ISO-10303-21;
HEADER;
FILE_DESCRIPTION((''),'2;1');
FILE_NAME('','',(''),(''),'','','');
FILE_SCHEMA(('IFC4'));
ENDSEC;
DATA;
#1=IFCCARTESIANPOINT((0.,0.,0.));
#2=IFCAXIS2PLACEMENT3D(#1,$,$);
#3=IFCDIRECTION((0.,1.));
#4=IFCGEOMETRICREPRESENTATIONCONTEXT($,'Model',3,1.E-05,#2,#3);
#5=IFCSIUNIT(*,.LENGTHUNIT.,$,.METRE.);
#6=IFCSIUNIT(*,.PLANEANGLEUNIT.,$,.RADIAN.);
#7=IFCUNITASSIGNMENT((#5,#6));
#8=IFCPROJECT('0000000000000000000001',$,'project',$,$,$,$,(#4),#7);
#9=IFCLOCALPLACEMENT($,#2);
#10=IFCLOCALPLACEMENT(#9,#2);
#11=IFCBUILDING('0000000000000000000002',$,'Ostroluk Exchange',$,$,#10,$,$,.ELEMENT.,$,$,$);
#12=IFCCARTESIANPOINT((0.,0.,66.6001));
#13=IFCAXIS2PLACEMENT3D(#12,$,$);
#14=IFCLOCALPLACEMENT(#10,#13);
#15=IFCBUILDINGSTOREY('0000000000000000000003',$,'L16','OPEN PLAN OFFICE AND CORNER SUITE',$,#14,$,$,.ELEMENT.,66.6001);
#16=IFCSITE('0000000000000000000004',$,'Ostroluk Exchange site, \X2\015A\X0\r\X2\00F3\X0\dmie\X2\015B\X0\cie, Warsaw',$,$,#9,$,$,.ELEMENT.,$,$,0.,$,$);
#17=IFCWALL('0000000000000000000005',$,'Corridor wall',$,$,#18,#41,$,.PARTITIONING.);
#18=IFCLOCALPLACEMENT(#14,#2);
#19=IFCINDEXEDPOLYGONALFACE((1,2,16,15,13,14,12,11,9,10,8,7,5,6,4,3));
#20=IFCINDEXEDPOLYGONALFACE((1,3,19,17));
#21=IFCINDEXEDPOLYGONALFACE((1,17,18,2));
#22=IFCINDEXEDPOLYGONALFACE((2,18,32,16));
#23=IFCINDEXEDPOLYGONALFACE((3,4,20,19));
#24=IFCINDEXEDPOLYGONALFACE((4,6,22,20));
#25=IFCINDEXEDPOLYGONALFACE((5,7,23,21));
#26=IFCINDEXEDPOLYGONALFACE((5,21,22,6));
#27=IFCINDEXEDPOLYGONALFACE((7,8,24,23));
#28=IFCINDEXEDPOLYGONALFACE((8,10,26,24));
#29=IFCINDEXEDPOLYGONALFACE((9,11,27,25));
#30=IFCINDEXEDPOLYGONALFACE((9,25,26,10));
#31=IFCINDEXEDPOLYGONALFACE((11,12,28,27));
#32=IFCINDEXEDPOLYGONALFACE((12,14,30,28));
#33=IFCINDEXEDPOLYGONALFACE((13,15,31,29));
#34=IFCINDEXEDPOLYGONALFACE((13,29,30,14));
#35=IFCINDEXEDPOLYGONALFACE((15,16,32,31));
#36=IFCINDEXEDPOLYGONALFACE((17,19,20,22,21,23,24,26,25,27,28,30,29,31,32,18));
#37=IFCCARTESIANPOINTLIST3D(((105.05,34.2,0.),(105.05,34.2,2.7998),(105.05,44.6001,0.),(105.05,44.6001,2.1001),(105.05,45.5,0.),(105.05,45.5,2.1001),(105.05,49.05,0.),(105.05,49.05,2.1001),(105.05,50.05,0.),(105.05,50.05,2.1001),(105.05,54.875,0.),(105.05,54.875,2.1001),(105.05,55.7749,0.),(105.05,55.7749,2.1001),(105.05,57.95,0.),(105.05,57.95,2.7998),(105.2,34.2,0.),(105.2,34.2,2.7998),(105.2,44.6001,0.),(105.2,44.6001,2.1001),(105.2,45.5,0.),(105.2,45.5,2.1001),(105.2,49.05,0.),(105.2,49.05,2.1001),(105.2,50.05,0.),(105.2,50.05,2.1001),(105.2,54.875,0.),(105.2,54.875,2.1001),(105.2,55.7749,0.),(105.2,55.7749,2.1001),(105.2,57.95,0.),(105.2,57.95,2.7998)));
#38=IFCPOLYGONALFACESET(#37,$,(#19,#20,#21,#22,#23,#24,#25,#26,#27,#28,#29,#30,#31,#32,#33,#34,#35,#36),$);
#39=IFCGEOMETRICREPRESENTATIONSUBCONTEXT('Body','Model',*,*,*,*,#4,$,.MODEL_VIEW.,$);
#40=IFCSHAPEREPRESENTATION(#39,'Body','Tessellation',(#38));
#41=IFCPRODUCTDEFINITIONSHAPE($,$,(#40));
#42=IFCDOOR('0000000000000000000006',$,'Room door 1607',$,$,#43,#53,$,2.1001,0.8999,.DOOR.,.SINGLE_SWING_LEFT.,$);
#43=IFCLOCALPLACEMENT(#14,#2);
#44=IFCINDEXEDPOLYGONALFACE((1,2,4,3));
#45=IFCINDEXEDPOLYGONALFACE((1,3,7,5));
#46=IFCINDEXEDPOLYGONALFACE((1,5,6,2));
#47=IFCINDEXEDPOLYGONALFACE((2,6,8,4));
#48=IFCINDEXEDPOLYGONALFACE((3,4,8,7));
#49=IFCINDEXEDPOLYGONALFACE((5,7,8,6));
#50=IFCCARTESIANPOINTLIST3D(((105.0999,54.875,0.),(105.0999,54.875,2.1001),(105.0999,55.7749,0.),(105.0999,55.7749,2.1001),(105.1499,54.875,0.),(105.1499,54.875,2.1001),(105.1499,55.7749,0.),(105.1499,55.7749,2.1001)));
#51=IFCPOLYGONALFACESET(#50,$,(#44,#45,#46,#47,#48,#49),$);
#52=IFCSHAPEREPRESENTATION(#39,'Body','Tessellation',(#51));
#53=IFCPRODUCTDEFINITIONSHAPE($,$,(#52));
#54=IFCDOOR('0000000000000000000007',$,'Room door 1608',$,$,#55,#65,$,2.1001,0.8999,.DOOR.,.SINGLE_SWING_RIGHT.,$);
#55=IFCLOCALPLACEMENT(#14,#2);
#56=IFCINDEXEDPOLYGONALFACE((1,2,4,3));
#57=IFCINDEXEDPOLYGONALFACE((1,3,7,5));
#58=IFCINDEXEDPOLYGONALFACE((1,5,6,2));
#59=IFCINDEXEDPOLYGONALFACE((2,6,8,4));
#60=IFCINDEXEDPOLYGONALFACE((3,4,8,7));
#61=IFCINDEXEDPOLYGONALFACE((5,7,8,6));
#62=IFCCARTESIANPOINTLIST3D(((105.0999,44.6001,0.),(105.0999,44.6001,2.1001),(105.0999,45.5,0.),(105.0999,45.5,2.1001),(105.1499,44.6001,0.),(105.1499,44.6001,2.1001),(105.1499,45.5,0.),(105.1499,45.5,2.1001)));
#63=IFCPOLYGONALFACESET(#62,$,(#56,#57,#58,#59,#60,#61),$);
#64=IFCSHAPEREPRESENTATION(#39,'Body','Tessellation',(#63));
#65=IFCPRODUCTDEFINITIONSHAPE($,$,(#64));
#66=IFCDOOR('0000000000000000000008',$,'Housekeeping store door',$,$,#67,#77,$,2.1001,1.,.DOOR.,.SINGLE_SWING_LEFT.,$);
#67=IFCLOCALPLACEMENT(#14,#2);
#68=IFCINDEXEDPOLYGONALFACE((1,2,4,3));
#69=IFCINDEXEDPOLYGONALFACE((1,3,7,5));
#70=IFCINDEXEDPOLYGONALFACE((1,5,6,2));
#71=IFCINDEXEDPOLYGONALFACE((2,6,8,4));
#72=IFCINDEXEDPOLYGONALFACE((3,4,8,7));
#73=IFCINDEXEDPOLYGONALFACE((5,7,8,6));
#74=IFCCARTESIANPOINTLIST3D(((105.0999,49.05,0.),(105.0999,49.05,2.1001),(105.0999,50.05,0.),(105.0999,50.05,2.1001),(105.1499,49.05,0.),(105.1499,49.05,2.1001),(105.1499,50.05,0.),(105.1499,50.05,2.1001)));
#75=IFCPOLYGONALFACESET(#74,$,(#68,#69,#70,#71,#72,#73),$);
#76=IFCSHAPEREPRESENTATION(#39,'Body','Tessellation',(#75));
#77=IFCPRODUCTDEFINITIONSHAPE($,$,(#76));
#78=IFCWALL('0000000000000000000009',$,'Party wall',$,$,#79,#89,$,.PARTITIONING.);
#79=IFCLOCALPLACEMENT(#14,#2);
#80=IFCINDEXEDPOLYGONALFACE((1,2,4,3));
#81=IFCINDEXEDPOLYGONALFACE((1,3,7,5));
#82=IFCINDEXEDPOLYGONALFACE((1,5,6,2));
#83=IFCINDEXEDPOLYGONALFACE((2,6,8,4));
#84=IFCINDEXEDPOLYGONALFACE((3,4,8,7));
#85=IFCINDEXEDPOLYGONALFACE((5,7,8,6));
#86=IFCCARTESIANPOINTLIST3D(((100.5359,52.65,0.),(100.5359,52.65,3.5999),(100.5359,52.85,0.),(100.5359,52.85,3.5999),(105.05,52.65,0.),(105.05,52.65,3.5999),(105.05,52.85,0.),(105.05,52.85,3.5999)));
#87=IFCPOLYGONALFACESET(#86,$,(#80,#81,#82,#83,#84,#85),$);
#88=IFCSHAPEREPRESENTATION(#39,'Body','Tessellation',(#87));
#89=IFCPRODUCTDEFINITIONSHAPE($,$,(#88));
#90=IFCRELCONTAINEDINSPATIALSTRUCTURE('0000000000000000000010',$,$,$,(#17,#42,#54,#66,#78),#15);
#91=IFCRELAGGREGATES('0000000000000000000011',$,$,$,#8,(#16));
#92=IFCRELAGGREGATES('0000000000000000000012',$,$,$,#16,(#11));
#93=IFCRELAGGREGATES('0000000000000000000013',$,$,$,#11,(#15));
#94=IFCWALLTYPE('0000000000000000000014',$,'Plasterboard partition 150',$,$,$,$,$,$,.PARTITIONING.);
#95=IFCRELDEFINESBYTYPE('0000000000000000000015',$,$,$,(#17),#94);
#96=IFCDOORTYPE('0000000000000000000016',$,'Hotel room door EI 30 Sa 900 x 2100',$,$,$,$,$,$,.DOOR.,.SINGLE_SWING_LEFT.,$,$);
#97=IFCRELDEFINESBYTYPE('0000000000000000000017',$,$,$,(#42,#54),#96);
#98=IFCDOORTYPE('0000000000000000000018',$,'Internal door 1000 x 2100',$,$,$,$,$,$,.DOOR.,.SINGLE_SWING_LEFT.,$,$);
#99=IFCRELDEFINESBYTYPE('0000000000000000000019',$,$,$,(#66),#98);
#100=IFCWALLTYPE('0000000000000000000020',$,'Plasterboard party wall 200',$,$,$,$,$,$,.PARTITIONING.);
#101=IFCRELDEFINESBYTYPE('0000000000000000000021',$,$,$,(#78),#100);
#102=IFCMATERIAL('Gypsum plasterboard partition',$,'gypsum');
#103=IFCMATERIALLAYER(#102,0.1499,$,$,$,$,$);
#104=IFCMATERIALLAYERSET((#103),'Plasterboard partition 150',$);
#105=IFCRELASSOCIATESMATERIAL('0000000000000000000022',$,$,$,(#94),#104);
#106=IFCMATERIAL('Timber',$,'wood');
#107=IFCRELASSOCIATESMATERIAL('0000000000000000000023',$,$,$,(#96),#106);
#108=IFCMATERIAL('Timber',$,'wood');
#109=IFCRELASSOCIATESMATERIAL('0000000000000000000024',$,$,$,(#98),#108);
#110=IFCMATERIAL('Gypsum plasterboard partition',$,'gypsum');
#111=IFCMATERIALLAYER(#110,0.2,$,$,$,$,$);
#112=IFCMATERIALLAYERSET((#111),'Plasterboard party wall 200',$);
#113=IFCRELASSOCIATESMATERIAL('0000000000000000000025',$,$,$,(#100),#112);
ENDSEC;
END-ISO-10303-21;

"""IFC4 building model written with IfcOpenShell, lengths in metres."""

from ifc_helpers import new_model, si_unit, direction, frame, frame_2d, origin, place, context, subcontext, project, spatial, rectangle, extrude, material, layer, layer_set, type_object, element, fill, save


model = new_model("IFC4")

# Units and contexts
model_context = context("Model", 3, precision=1e-05, world=origin(), true_north=direction((0.0, 1.0)))
body_context = subcontext(model_context, "Body", "Model", "MODEL_VIEW")
ifc_project = project(units=[si_unit("LENGTHUNIT", "METRE"), si_unit("PLANEANGLEUNIT", "RADIAN")], contexts=[model_context])

# Site, building, storey
site_placement = place(None, origin())
site = spatial("IfcSite", under=ifc_project, at=site_placement, Name="Ostroluk Exchange site, Śródmieście, Warsaw", CompositionType="ELEMENT", RefElevation=0.0)
building_placement = place(site_placement, origin())
building = spatial("IfcBuilding", under=site, at=building_placement, Name="Ostroluk Exchange", CompositionType="ELEMENT")
storey_placement = place(building_placement, frame((0.0, 0.0, 66.6001)))
storey = spatial("IfcBuildingStorey", under=building, at=storey_placement, Name="L16", Description="OPEN PLAN OFFICE AND CORNER SUITE", CompositionType="ELEMENT", Elevation=66.6001)

# Wall, openings, doors
ifc_material_1 = material(Name="Gypsum plasterboard partition", Category="gypsum")
ifc_layer_1 = layer(ifc_material_1, 0.1499)
ifc_layer_set_1 = layer_set([ifc_layer_1], Name="Plasterboard partition 150")
wall_type_1 = type_object("IfcWallType", Name="Plasterboard partition 150", PredefinedType="PARTITIONING", material=ifc_layer_set_1)
wall_1_placement = place(storey_placement, frame((105.125, 57.95, 0.0), z_axis=(0.0, 0.0, 1.0), x_axis=(0.0, -1.0, 0.0)))
wall_1 = element("IfcWall", 1, at=wall_1_placement, inside=storey, type_object=wall_type_1, Name="Corridor wall", PredefinedType="PARTITIONING", context=body_context, shape_type="SweptSolid", body=[
    extrude(rectangle(XDim=23.75, YDim=0.1499, at=frame_2d((11.875, 0.0))), origin(), (0.0, 0.0, 1.0), 2.7998),
])
opening_1_placement = place(wall_1_placement, frame((2.175, 0.0, 0.0)))
opening_1 = element("IfcOpeningElement", 2, at=opening_1_placement, cuts=wall_1, PredefinedType="OPENING", context=body_context, shape_type="SweptSolid", body=[
    extrude(rectangle(XDim=0.8999, YDim=2.1001, at=frame_2d((0.45, 1.05))), frame((0.0, 0.085, 0.0), z_axis=(0.0, -1.0, 0.0), x_axis=(1.0, 0.0, 0.0)), (0.0, 0.0, 1.0), 0.1699),
])
opening_2_placement = place(wall_1_placement, frame((7.8999, 0.0, 0.0)))
opening_2 = element("IfcOpeningElement", 3, at=opening_2_placement, cuts=wall_1, PredefinedType="OPENING", context=body_context, shape_type="SweptSolid", body=[
    extrude(rectangle(XDim=1.0, YDim=2.1001, at=frame_2d((0.5, 1.05))), frame((0.0, 0.085, 0.0), z_axis=(0.0, -1.0, 0.0), x_axis=(1.0, 0.0, 0.0)), (0.0, 0.0, 1.0), 0.1699),
])
opening_3_placement = place(wall_1_placement, frame((12.45, 0.0, 0.0)))
opening_3 = element("IfcOpeningElement", 4, at=opening_3_placement, cuts=wall_1, PredefinedType="OPENING", context=body_context, shape_type="SweptSolid", body=[
    extrude(rectangle(XDim=0.8999, YDim=2.1001, at=frame_2d((0.45, 1.05))), frame((0.0, 0.085, 0.0), z_axis=(0.0, -1.0, 0.0), x_axis=(1.0, 0.0, 0.0)), (0.0, 0.0, 1.0), 0.1699),
])
ifc_material_2 = material(Name="Timber", Category="wood")
door_type_1 = type_object("IfcDoorType", Name="Hotel room door EI 30 Sa 900 x 2100", OperationType="SINGLE_SWING_LEFT", PredefinedType="DOOR", material=ifc_material_2)
door_1_placement = place(opening_1_placement, origin())
door_1 = element("IfcDoor", 5, at=door_1_placement, inside=storey, type_object=door_type_1, Name="Room door 1607", OperationType="SINGLE_SWING_LEFT", OverallHeight=2.1001, OverallWidth=0.8999, PredefinedType="DOOR", context=body_context, shape_type="SweptSolid", body=[
    extrude(rectangle(XDim=0.8999, YDim=2.1001, at=frame_2d((0.45, 1.05))), frame((0.0, 0.0249, 0.0), z_axis=(0.0, -1.0, 0.0), x_axis=(1.0, 0.0, 0.0)), (0.0, 0.0, 1.0), 0.05),
])
fill(opening_1, door_1)
door_2_placement = place(opening_3_placement, origin())
door_2 = element("IfcDoor", 6, at=door_2_placement, inside=storey, type_object=door_type_1, Name="Room door 1608", OperationType="SINGLE_SWING_RIGHT", OverallHeight=2.1001, OverallWidth=0.8999, PredefinedType="DOOR", context=body_context, shape_type="SweptSolid", body=[
    extrude(rectangle(XDim=0.8999, YDim=2.1001, at=frame_2d((0.45, 1.05))), frame((0.0, 0.0249, 0.0), z_axis=(0.0, -1.0, 0.0), x_axis=(1.0, 0.0, 0.0)), (0.0, 0.0, 1.0), 0.05),
])
fill(opening_3, door_2)
ifc_material_3 = material(Name="Timber", Category="wood")
door_type_2 = type_object("IfcDoorType", Name="Internal door 1000 x 2100", OperationType="SINGLE_SWING_LEFT", PredefinedType="DOOR", material=ifc_material_3)
door_3_placement = place(opening_2_placement, origin())
door_3 = element("IfcDoor", 7, at=door_3_placement, inside=storey, type_object=door_type_2, Name="Housekeeping store door", OperationType="SINGLE_SWING_LEFT", OverallHeight=2.1001, OverallWidth=1.0, PredefinedType="DOOR", context=body_context, shape_type="SweptSolid", body=[
    extrude(rectangle(XDim=1.0, YDim=2.1001, at=frame_2d((0.5, 1.05))), frame((0.0, 0.0249, 0.0), z_axis=(0.0, -1.0, 0.0), x_axis=(1.0, 0.0, 0.0)), (0.0, 0.0, 1.0), 0.05),
])
fill(opening_2, door_3)

# Wall
ifc_material_4 = material(Name="Gypsum plasterboard partition", Category="gypsum")
ifc_layer_2 = layer(ifc_material_4, 0.2)
ifc_layer_set_2 = layer_set([ifc_layer_2], Name="Plasterboard party wall 200")
wall_type_2 = type_object("IfcWallType", Name="Plasterboard party wall 200", PredefinedType="PARTITIONING", material=ifc_layer_set_2)
wall_2_placement = place(storey_placement, frame((105.05, 52.75, 0.0), z_axis=(0.0, 0.0, 1.0), x_axis=(-1.0, 0.0, 0.0)))
element("IfcWall", 8, at=wall_2_placement, inside=storey, type_object=wall_type_2, Name="Party wall", PredefinedType="PARTITIONING", context=body_context, shape_type="SweptSolid", body=[
    extrude(rectangle(XDim=4.5142, YDim=0.2, at=frame_2d((2.2571, 0.0))), origin(), (0.0, 0.0, 1.0), 3.5999),
])

save(model, "model.ifc")
